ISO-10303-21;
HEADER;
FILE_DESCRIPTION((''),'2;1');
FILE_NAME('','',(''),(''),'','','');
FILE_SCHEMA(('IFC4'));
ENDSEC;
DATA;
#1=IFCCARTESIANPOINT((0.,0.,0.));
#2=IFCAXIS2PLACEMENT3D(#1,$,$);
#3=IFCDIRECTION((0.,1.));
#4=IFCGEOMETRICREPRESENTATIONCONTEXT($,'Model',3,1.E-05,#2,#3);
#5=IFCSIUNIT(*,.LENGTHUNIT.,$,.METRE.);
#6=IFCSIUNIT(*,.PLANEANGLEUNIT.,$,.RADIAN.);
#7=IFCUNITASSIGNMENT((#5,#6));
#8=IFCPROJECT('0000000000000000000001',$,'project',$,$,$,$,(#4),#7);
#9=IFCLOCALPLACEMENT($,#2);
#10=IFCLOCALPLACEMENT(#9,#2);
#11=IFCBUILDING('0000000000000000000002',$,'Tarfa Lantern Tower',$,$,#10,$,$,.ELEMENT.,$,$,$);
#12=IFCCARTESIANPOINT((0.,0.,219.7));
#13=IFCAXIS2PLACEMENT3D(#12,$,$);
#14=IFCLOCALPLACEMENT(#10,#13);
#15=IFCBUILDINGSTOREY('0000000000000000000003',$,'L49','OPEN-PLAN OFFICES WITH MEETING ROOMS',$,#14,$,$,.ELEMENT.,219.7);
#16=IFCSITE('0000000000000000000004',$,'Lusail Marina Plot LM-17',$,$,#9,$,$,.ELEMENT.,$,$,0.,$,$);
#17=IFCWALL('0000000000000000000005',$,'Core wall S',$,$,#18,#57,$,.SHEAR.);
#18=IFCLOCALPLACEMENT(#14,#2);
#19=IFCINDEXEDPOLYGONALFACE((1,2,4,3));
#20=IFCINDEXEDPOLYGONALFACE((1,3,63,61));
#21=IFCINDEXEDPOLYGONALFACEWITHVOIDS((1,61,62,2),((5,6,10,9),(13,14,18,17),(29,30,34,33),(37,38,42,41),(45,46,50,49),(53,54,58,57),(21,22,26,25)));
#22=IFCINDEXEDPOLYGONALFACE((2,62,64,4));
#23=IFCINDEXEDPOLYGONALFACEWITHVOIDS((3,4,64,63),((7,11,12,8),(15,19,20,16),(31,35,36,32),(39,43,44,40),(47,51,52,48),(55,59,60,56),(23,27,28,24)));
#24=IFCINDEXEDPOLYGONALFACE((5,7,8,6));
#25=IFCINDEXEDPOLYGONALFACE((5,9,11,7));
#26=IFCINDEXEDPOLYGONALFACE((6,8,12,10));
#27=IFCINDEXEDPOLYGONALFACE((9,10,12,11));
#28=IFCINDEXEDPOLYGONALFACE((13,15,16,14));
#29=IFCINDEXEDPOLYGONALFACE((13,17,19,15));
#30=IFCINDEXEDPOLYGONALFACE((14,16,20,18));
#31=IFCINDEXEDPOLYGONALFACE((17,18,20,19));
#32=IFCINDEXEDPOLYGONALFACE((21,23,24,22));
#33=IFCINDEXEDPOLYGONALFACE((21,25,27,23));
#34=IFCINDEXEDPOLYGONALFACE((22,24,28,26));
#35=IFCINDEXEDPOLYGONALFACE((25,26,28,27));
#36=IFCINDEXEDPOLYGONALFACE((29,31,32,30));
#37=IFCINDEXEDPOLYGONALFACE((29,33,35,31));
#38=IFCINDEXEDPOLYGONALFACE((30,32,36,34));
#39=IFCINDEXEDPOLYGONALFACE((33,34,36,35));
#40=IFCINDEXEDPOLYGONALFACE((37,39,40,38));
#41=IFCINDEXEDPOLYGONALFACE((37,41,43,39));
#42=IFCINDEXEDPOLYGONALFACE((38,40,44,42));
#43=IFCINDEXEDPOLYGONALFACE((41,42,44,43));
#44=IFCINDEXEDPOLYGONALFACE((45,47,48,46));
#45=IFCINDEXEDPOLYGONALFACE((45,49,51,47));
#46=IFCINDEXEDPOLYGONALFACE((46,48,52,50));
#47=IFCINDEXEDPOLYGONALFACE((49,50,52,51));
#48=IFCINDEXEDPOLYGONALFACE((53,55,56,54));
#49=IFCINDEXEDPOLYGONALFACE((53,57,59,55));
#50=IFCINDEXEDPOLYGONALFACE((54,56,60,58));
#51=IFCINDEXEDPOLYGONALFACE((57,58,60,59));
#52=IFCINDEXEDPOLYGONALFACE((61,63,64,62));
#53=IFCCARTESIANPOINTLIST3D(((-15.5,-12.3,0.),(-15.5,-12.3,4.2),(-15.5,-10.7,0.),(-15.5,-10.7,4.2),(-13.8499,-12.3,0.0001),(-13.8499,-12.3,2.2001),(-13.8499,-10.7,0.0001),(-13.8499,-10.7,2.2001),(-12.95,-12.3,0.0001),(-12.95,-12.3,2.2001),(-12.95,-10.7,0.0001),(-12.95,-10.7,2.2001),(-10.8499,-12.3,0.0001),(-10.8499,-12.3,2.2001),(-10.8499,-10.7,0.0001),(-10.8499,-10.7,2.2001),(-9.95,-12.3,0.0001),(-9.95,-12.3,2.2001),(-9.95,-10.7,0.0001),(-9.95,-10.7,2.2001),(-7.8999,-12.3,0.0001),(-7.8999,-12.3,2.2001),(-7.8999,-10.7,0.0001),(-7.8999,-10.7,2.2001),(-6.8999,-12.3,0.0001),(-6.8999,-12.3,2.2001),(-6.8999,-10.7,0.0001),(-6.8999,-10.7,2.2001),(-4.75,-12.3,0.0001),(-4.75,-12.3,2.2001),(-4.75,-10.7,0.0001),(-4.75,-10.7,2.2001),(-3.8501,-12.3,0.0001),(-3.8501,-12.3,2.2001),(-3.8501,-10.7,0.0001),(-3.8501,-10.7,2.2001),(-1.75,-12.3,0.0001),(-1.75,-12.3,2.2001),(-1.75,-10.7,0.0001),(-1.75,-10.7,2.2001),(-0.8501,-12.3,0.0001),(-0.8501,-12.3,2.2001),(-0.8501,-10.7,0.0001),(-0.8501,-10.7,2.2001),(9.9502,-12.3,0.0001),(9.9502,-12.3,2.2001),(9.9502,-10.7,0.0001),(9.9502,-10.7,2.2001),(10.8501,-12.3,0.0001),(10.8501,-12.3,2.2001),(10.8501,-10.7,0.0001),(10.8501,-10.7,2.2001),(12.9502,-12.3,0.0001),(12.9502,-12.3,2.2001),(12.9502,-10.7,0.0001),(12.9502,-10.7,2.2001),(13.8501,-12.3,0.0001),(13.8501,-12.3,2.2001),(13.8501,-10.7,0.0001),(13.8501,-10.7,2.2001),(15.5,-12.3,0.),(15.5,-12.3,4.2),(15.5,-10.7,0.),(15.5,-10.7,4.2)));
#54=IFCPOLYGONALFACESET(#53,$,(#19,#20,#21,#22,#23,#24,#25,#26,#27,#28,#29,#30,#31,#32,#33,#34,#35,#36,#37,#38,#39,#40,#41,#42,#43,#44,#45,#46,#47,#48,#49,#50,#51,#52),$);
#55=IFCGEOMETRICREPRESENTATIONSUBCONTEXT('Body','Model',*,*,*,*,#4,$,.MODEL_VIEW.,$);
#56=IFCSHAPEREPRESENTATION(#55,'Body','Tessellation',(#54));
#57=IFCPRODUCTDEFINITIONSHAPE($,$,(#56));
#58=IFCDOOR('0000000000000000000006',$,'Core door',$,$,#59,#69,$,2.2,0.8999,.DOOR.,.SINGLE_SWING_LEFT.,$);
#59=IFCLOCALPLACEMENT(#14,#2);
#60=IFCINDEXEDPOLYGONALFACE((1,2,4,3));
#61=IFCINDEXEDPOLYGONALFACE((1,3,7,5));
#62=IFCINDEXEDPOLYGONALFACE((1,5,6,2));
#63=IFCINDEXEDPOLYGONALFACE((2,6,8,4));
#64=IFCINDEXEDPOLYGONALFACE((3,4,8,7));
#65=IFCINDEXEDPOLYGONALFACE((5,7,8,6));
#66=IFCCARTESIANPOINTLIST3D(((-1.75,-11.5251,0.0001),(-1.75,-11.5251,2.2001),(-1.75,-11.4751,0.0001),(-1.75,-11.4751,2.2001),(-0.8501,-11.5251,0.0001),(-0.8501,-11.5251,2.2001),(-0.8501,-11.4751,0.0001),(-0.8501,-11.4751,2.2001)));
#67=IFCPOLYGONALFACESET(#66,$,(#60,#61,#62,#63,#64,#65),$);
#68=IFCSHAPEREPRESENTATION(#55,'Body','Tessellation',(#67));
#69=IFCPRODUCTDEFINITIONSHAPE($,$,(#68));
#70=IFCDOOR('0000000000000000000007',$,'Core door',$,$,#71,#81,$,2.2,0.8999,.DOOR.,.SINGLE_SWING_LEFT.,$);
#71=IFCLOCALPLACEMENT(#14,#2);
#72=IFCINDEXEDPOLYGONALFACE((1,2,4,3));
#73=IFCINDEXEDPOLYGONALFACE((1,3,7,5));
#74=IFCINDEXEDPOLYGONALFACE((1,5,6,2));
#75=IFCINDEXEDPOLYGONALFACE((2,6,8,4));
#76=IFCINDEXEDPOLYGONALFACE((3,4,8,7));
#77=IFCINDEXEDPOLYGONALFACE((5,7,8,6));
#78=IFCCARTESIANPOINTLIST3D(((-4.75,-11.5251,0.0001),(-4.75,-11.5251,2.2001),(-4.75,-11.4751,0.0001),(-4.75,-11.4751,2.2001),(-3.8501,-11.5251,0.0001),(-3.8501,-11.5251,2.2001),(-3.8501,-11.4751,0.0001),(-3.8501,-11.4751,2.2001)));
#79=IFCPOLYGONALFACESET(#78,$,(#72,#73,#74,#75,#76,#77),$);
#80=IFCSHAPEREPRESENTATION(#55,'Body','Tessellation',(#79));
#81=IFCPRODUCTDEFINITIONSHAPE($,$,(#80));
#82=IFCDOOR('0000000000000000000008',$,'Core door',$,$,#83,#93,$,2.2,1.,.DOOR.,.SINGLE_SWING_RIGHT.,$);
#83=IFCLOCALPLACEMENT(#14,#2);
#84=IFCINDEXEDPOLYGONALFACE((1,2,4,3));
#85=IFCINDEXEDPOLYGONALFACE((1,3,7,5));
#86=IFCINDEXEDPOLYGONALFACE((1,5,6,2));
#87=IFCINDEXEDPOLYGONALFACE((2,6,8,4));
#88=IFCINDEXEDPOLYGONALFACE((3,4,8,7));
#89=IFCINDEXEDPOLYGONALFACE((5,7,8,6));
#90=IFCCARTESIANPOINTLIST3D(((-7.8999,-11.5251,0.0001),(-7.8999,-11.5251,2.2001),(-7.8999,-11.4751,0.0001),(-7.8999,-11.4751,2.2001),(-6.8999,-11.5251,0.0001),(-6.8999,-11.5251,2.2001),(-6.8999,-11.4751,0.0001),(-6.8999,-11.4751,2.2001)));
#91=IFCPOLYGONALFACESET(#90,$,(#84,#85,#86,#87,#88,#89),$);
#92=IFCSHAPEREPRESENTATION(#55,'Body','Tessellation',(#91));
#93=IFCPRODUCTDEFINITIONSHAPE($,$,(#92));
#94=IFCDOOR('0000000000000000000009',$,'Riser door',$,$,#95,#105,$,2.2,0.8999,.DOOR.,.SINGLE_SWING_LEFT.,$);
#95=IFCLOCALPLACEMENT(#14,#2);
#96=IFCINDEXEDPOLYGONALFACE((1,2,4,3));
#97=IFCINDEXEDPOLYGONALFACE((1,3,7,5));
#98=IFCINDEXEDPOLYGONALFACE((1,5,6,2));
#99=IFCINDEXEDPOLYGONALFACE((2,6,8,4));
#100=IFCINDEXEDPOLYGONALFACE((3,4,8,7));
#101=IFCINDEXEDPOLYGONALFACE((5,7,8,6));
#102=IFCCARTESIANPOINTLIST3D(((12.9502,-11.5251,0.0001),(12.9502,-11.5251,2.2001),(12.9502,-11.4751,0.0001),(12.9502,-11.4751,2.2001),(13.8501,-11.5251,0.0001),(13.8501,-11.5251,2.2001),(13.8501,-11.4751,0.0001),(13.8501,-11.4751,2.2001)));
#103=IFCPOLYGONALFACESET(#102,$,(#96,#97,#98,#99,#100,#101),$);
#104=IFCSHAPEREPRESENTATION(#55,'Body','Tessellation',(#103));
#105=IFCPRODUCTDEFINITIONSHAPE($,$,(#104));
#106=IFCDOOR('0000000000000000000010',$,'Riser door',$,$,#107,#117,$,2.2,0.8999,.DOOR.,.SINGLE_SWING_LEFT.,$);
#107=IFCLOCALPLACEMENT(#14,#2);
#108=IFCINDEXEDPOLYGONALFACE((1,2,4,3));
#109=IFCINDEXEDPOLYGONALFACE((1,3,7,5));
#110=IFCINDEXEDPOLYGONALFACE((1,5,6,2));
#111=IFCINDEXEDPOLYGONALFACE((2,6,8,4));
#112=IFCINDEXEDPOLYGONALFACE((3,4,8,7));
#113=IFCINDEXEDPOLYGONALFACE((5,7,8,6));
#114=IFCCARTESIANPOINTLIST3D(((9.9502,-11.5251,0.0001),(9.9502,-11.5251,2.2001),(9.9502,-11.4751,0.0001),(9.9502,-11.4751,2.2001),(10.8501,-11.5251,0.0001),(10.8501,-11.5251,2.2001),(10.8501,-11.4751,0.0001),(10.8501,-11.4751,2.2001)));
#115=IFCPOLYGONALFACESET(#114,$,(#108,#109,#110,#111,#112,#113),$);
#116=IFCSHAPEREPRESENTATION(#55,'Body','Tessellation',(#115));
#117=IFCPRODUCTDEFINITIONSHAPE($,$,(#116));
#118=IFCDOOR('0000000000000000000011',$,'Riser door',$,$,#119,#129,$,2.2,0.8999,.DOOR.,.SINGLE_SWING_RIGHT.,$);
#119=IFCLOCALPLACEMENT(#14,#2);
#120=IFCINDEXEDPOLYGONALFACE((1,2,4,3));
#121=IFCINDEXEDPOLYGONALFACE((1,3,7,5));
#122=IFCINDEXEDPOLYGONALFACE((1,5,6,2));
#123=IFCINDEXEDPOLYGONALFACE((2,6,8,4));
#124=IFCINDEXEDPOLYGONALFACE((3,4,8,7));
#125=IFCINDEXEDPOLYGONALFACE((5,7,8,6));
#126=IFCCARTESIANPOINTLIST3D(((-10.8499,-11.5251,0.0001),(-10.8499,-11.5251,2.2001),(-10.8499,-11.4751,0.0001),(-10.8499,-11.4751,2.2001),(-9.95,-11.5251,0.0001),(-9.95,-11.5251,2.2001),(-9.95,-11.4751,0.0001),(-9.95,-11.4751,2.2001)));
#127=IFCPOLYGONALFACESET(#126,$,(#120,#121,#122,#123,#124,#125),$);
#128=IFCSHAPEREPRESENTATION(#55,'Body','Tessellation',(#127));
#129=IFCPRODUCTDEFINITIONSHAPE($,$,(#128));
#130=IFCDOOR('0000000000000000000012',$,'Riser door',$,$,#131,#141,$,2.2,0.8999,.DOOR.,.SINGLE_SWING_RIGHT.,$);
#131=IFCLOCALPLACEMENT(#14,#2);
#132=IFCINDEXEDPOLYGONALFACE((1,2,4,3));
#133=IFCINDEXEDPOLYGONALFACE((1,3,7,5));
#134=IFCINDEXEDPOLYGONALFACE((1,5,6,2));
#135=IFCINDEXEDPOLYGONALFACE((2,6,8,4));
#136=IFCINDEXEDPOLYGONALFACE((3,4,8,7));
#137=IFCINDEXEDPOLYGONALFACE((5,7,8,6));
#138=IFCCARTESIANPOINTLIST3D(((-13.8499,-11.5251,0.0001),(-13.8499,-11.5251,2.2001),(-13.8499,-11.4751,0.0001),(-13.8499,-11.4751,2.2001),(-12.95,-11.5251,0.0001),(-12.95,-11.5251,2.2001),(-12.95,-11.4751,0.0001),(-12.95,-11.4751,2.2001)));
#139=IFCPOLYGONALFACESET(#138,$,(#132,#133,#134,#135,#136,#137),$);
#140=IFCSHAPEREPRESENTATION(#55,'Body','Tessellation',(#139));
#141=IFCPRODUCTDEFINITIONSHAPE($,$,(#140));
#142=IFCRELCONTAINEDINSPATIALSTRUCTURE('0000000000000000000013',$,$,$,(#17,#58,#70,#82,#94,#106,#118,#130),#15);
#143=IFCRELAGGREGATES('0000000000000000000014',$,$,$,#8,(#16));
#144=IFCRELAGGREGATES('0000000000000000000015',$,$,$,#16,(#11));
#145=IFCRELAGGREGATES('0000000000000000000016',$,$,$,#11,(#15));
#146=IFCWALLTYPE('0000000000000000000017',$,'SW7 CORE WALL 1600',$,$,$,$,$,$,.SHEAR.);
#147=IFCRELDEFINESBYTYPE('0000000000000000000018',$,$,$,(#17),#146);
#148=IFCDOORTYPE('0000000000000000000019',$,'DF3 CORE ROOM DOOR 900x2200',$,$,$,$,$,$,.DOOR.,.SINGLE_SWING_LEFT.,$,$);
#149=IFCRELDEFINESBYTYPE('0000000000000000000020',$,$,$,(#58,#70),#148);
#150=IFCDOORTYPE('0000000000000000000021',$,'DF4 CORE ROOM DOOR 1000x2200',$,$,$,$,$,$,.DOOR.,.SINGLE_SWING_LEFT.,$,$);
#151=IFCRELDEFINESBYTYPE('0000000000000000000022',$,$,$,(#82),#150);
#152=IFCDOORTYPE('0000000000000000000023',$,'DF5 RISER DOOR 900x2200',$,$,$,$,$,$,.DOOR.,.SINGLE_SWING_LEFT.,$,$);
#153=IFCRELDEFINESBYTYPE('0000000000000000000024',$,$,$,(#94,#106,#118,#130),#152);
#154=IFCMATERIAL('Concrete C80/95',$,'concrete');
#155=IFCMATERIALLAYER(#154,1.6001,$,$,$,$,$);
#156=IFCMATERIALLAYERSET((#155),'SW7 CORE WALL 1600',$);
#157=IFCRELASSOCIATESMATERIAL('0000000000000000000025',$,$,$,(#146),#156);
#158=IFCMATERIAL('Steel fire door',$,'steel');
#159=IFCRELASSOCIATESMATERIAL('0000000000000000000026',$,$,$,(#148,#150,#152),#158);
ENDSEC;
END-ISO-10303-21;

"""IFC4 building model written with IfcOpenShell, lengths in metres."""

from ifc_helpers import new_model, si_unit, direction, frame, frame_2d, origin, place, context, subcontext, project, spatial, rectangle, extrude, material, layer, layer_set, type_object, element, fill, save


model = new_model("IFC4")

# Units and contexts
model_context = context("Model", 3, precision=1e-05, world=origin(), true_north=direction((0.0, 1.0)))
body_context = subcontext(model_context, "Body", "Model", "MODEL_VIEW")
ifc_project = project(units=[si_unit("LENGTHUNIT", "METRE"), si_unit("PLANEANGLEUNIT", "RADIAN")], contexts=[model_context])

# Site, building, storey
site_placement = place(None, origin())
site = spatial("IfcSite", under=ifc_project, at=site_placement, Name="Lusail Marina Plot LM-17", CompositionType="ELEMENT", RefElevation=0.0)
building_placement = place(site_placement, origin())
building = spatial("IfcBuilding", under=site, at=building_placement, Name="Tarfa Lantern Tower", CompositionType="ELEMENT")
storey_placement = place(building_placement, frame((0.0, 0.0, 219.7)))
storey = spatial("IfcBuildingStorey", under=building, at=storey_placement, Name="L49", Description="OPEN-PLAN OFFICES WITH MEETING ROOMS", CompositionType="ELEMENT", Elevation=219.7)

# Shared definitions
ifc_material_1 = material(Name="Concrete C80/95", Category="concrete")

# Wall, openings, doors
ifc_layer_1 = layer(ifc_material_1, 1.6001)
ifc_layer_set_1 = layer_set([ifc_layer_1], Name="SW7 CORE WALL 1600")
wall_type_1 = type_object("IfcWallType", Name="SW7 CORE WALL 1600", PredefinedType="SHEAR", material=ifc_layer_set_1)
wall_1_placement = place(storey_placement, frame((15.5, -11.5, 0.0), z_axis=(0.0, 0.0, 1.0), x_axis=(-1.0, 0.0, 0.0)))
wall_1 = element("IfcWall", 1, at=wall_1_placement, inside=storey, type_object=wall_type_1, Name="Core wall S", PredefinedType="SHEAR", context=body_context, shape_type="SweptSolid", body=[
    extrude(rectangle(XDim=31.0, YDim=1.6001, at=frame_2d((15.5, 0.0))), origin(), (0.0, 0.0, 1.0), 4.2),
])
opening_1_placement = place(wall_1_placement, frame((16.3501, 0.0, 0.0)))
opening_1 = element("IfcOpeningElement", 2, at=opening_1_placement, cuts=wall_1, PredefinedType="OPENING", context=body_context, shape_type="SweptSolid", body=[
    extrude(rectangle(XDim=0.8999, YDim=2.2, at=frame_2d((0.45, 1.1001))), frame((0.0, 0.8101, 0.0), z_axis=(0.0, -1.0, 0.0), x_axis=(1.0, 0.0, 0.0)), (0.0, 0.0, 1.0), 1.6201),
])
opening_2_placement = place(wall_1_placement, frame((19.3501, 0.0, 0.0)))
opening_2 = element("IfcOpeningElement", 3, at=opening_2_placement, cuts=wall_1, PredefinedType="OPENING", context=body_context, shape_type="SweptSolid", body=[
    extrude(rectangle(XDim=0.8999, YDim=2.2, at=frame_2d((0.45, 1.1001))), frame((0.0, 0.8101, 0.0), z_axis=(0.0, -1.0, 0.0), x_axis=(1.0, 0.0, 0.0)), (0.0, 0.0, 1.0), 1.6201),
])
opening_3_placement = place(wall_1_placement, frame((22.3999, 0.0, 0.0)))
opening_3 = element("IfcOpeningElement", 4, at=opening_3_placement, cuts=wall_1, PredefinedType="OPENING", context=body_context, shape_type="SweptSolid", body=[
    extrude(rectangle(XDim=1.0, YDim=2.2, at=frame_2d((0.5, 1.1001))), frame((0.0, 0.8101, 0.0), z_axis=(0.0, -1.0, 0.0), x_axis=(1.0, 0.0, 0.0)), (0.0, 0.0, 1.0), 1.6201),
])
opening_4_placement = place(wall_1_placement, frame((1.6499, 0.0, 0.0)))
opening_4 = element("IfcOpeningElement", 5, at=opening_4_placement, cuts=wall_1, PredefinedType="OPENING", context=body_context, shape_type="SweptSolid", body=[
    extrude(rectangle(XDim=0.8999, YDim=2.2, at=frame_2d((0.45, 1.1001))), frame((0.0, 0.8101, 0.0), z_axis=(0.0, -1.0, 0.0), x_axis=(1.0, 0.0, 0.0)), (0.0, 0.0, 1.0), 1.6201),
])
opening_5_placement = place(wall_1_placement, frame((4.6499, 0.0, 0.0)))
opening_5 = element("IfcOpeningElement", 6, at=opening_5_placement, cuts=wall_1, PredefinedType="OPENING", context=body_context, shape_type="SweptSolid", body=[
    extrude(rectangle(XDim=0.8999, YDim=2.2, at=frame_2d((0.45, 1.1001))), frame((0.0, 0.8101, 0.0), z_axis=(0.0, -1.0, 0.0), x_axis=(1.0, 0.0, 0.0)), (0.0, 0.0, 1.0), 1.6201),
])
opening_6_placement = place(wall_1_placement, frame((25.45, 0.0, 0.0)))
opening_6 = element("IfcOpeningElement", 7, at=opening_6_placement, cuts=wall_1, PredefinedType="OPENING", context=body_context, shape_type="SweptSolid", body=[
    extrude(rectangle(XDim=0.8999, YDim=2.2, at=frame_2d((0.45, 1.1001))), frame((0.0, 0.8101, 0.0), z_axis=(0.0, -1.0, 0.0), x_axis=(1.0, 0.0, 0.0)), (0.0, 0.0, 1.0), 1.6201),
])
opening_7_placement = place(wall_1_placement, frame((28.45, 0.0, 0.0)))
opening_7 = element("IfcOpeningElement", 8, at=opening_7_placement, cuts=wall_1, PredefinedType="OPENING", context=body_context, shape_type="SweptSolid", body=[
    extrude(rectangle(XDim=0.8999, YDim=2.2, at=frame_2d((0.45, 1.1001))), frame((0.0, 0.8101, 0.0), z_axis=(0.0, -1.0, 0.0), x_axis=(1.0, 0.0, 0.0)), (0.0, 0.0, 1.0), 1.6201),
])
ifc_material_2 = material(Name="Steel fire door", Category="steel")
door_type_1 = type_object("IfcDoorType", Name="DF3 CORE ROOM DOOR 900x2200", OperationType="SINGLE_SWING_LEFT", PredefinedType="DOOR", material=ifc_material_2)
door_1_placement = place(opening_1_placement, frame((0.8999, 0.0, 0.0), z_axis=(0.0, 0.0, 1.0), x_axis=(-1.0, 0.0, 0.0)))
door_1 = element("IfcDoor", 9, at=door_1_placement, inside=storey, type_object=door_type_1, Name="Core door", OperationType="SINGLE_SWING_LEFT", OverallHeight=2.2, OverallWidth=0.8999, PredefinedType="DOOR", context=body_context, shape_type="SweptSolid", body=[
    extrude(rectangle(XDim=0.8999, YDim=2.2, at=frame_2d((0.45, 1.1001))), frame((0.0, 0.0249, 0.0), z_axis=(0.0, -1.0, 0.0), x_axis=(1.0, 0.0, 0.0)), (0.0, 0.0, 1.0), 0.05),
])
fill(opening_1, door_1)
door_2_placement = place(opening_2_placement, frame((0.8999, 0.0, 0.0), z_axis=(0.0, 0.0, 1.0), x_axis=(-1.0, 0.0, 0.0)))
door_2 = element("IfcDoor", 10, at=door_2_placement, inside=storey, type_object=door_type_1, Name="Core door", OperationType="SINGLE_SWING_LEFT", OverallHeight=2.2, OverallWidth=0.8999, PredefinedType="DOOR", context=body_context, shape_type="SweptSolid", body=[
    extrude(rectangle(XDim=0.8999, YDim=2.2, at=frame_2d((0.45, 1.1001))), frame((0.0, 0.0249, 0.0), z_axis=(0.0, -1.0, 0.0), x_axis=(1.0, 0.0, 0.0)), (0.0, 0.0, 1.0), 0.05),
])
fill(opening_2, door_2)
door_type_2 = type_object("IfcDoorType", Name="DF4 CORE ROOM DOOR 1000x2200", OperationType="SINGLE_SWING_LEFT", PredefinedType="DOOR", material=ifc_material_2)
door_3_placement = place(opening_3_placement, frame((1.0, 0.0, 0.0), z_axis=(0.0, 0.0, 1.0), x_axis=(-1.0, 0.0, 0.0)))
door_3 = element("IfcDoor", 11, at=door_3_placement, inside=storey, type_object=door_type_2, Name="Core door", OperationType="SINGLE_SWING_RIGHT", OverallHeight=2.2, OverallWidth=1.0, PredefinedType="DOOR", context=body_context, shape_type="SweptSolid", body=[
    extrude(rectangle(XDim=1.0, YDim=2.2, at=frame_2d((0.5, 1.1001))), frame((0.0, 0.0249, 0.0), z_axis=(0.0, -1.0, 0.0), x_axis=(1.0, 0.0, 0.0)), (0.0, 0.0, 1.0), 0.05),
])
fill(opening_3, door_3)
door_type_3 = type_object("IfcDoorType", Name="DF5 RISER DOOR 900x2200", OperationType="SINGLE_SWING_LEFT", PredefinedType="DOOR", material=ifc_material_2)
door_4_placement = place(opening_4_placement, frame((0.8999, 0.0, 0.0), z_axis=(0.0, 0.0, 1.0), x_axis=(-1.0, 0.0, 0.0)))
door_4 = element("IfcDoor", 12, at=door_4_placement, inside=storey, type_object=door_type_3, Name="Riser door", OperationType="SINGLE_SWING_LEFT", OverallHeight=2.2, OverallWidth=0.8999, PredefinedType="DOOR", context=body_context, shape_type="SweptSolid", body=[
    extrude(rectangle(XDim=0.8999, YDim=2.2, at=frame_2d((0.45, 1.1001))), frame((0.0, 0.0249, 0.0), z_axis=(0.0, -1.0, 0.0), x_axis=(1.0, 0.0, 0.0)), (0.0, 0.0, 1.0), 0.05),
])
fill(opening_4, door_4)
door_5_placement = place(opening_5_placement, frame((0.8999, 0.0, 0.0), z_axis=(0.0, 0.0, 1.0), x_axis=(-1.0, 0.0, 0.0)))
door_5 = element("IfcDoor", 13, at=door_5_placement, inside=storey, type_object=door_type_3, Name="Riser door", OperationType="SINGLE_SWING_LEFT", OverallHeight=2.2, OverallWidth=0.8999, PredefinedType="DOOR", context=body_context, shape_type="SweptSolid", body=[
    extrude(rectangle(XDim=0.8999, YDim=2.2, at=frame_2d((0.45, 1.1001))), frame((0.0, 0.0249, 0.0), z_axis=(0.0, -1.0, 0.0), x_axis=(1.0, 0.0, 0.0)), (0.0, 0.0, 1.0), 0.05),
])
fill(opening_5, door_5)
door_6_placement = place(opening_6_placement, frame((0.8999, 0.0, 0.0), z_axis=(0.0, 0.0, 1.0), x_axis=(-1.0, 0.0, 0.0)))
door_6 = element("IfcDoor", 14, at=door_6_placement, inside=storey, type_object=door_type_3, Name="Riser door", OperationType="SINGLE_SWING_RIGHT", OverallHeight=2.2, OverallWidth=0.8999, PredefinedType="DOOR", context=body_context, shape_type="SweptSolid", body=[
    extrude(rectangle(XDim=0.8999, YDim=2.2, at=frame_2d((0.45, 1.1001))), frame((0.0, 0.0249, 0.0), z_axis=(0.0, -1.0, 0.0), x_axis=(1.0, 0.0, 0.0)), (0.0, 0.0, 1.0), 0.05),
])
fill(opening_6, door_6)
door_7_placement = place(opening_7_placement, frame((0.8999, 0.0, 0.0), z_axis=(0.0, 0.0, 1.0), x_axis=(-1.0, 0.0, 0.0)))
door_7 = element("IfcDoor", 15, at=door_7_placement, inside=storey, type_object=door_type_3, Name="Riser door", OperationType="SINGLE_SWING_RIGHT", OverallHeight=2.2, OverallWidth=0.8999, PredefinedType="DOOR", context=body_context, shape_type="SweptSolid", body=[
    extrude(rectangle(XDim=0.8999, YDim=2.2, at=frame_2d((0.45, 1.1001))), frame((0.0, 0.0249, 0.0), z_axis=(0.0, -1.0, 0.0), x_axis=(1.0, 0.0, 0.0)), (0.0, 0.0, 1.0), 0.05),
])
fill(opening_7, door_7)

save(model, "model.ifc")
